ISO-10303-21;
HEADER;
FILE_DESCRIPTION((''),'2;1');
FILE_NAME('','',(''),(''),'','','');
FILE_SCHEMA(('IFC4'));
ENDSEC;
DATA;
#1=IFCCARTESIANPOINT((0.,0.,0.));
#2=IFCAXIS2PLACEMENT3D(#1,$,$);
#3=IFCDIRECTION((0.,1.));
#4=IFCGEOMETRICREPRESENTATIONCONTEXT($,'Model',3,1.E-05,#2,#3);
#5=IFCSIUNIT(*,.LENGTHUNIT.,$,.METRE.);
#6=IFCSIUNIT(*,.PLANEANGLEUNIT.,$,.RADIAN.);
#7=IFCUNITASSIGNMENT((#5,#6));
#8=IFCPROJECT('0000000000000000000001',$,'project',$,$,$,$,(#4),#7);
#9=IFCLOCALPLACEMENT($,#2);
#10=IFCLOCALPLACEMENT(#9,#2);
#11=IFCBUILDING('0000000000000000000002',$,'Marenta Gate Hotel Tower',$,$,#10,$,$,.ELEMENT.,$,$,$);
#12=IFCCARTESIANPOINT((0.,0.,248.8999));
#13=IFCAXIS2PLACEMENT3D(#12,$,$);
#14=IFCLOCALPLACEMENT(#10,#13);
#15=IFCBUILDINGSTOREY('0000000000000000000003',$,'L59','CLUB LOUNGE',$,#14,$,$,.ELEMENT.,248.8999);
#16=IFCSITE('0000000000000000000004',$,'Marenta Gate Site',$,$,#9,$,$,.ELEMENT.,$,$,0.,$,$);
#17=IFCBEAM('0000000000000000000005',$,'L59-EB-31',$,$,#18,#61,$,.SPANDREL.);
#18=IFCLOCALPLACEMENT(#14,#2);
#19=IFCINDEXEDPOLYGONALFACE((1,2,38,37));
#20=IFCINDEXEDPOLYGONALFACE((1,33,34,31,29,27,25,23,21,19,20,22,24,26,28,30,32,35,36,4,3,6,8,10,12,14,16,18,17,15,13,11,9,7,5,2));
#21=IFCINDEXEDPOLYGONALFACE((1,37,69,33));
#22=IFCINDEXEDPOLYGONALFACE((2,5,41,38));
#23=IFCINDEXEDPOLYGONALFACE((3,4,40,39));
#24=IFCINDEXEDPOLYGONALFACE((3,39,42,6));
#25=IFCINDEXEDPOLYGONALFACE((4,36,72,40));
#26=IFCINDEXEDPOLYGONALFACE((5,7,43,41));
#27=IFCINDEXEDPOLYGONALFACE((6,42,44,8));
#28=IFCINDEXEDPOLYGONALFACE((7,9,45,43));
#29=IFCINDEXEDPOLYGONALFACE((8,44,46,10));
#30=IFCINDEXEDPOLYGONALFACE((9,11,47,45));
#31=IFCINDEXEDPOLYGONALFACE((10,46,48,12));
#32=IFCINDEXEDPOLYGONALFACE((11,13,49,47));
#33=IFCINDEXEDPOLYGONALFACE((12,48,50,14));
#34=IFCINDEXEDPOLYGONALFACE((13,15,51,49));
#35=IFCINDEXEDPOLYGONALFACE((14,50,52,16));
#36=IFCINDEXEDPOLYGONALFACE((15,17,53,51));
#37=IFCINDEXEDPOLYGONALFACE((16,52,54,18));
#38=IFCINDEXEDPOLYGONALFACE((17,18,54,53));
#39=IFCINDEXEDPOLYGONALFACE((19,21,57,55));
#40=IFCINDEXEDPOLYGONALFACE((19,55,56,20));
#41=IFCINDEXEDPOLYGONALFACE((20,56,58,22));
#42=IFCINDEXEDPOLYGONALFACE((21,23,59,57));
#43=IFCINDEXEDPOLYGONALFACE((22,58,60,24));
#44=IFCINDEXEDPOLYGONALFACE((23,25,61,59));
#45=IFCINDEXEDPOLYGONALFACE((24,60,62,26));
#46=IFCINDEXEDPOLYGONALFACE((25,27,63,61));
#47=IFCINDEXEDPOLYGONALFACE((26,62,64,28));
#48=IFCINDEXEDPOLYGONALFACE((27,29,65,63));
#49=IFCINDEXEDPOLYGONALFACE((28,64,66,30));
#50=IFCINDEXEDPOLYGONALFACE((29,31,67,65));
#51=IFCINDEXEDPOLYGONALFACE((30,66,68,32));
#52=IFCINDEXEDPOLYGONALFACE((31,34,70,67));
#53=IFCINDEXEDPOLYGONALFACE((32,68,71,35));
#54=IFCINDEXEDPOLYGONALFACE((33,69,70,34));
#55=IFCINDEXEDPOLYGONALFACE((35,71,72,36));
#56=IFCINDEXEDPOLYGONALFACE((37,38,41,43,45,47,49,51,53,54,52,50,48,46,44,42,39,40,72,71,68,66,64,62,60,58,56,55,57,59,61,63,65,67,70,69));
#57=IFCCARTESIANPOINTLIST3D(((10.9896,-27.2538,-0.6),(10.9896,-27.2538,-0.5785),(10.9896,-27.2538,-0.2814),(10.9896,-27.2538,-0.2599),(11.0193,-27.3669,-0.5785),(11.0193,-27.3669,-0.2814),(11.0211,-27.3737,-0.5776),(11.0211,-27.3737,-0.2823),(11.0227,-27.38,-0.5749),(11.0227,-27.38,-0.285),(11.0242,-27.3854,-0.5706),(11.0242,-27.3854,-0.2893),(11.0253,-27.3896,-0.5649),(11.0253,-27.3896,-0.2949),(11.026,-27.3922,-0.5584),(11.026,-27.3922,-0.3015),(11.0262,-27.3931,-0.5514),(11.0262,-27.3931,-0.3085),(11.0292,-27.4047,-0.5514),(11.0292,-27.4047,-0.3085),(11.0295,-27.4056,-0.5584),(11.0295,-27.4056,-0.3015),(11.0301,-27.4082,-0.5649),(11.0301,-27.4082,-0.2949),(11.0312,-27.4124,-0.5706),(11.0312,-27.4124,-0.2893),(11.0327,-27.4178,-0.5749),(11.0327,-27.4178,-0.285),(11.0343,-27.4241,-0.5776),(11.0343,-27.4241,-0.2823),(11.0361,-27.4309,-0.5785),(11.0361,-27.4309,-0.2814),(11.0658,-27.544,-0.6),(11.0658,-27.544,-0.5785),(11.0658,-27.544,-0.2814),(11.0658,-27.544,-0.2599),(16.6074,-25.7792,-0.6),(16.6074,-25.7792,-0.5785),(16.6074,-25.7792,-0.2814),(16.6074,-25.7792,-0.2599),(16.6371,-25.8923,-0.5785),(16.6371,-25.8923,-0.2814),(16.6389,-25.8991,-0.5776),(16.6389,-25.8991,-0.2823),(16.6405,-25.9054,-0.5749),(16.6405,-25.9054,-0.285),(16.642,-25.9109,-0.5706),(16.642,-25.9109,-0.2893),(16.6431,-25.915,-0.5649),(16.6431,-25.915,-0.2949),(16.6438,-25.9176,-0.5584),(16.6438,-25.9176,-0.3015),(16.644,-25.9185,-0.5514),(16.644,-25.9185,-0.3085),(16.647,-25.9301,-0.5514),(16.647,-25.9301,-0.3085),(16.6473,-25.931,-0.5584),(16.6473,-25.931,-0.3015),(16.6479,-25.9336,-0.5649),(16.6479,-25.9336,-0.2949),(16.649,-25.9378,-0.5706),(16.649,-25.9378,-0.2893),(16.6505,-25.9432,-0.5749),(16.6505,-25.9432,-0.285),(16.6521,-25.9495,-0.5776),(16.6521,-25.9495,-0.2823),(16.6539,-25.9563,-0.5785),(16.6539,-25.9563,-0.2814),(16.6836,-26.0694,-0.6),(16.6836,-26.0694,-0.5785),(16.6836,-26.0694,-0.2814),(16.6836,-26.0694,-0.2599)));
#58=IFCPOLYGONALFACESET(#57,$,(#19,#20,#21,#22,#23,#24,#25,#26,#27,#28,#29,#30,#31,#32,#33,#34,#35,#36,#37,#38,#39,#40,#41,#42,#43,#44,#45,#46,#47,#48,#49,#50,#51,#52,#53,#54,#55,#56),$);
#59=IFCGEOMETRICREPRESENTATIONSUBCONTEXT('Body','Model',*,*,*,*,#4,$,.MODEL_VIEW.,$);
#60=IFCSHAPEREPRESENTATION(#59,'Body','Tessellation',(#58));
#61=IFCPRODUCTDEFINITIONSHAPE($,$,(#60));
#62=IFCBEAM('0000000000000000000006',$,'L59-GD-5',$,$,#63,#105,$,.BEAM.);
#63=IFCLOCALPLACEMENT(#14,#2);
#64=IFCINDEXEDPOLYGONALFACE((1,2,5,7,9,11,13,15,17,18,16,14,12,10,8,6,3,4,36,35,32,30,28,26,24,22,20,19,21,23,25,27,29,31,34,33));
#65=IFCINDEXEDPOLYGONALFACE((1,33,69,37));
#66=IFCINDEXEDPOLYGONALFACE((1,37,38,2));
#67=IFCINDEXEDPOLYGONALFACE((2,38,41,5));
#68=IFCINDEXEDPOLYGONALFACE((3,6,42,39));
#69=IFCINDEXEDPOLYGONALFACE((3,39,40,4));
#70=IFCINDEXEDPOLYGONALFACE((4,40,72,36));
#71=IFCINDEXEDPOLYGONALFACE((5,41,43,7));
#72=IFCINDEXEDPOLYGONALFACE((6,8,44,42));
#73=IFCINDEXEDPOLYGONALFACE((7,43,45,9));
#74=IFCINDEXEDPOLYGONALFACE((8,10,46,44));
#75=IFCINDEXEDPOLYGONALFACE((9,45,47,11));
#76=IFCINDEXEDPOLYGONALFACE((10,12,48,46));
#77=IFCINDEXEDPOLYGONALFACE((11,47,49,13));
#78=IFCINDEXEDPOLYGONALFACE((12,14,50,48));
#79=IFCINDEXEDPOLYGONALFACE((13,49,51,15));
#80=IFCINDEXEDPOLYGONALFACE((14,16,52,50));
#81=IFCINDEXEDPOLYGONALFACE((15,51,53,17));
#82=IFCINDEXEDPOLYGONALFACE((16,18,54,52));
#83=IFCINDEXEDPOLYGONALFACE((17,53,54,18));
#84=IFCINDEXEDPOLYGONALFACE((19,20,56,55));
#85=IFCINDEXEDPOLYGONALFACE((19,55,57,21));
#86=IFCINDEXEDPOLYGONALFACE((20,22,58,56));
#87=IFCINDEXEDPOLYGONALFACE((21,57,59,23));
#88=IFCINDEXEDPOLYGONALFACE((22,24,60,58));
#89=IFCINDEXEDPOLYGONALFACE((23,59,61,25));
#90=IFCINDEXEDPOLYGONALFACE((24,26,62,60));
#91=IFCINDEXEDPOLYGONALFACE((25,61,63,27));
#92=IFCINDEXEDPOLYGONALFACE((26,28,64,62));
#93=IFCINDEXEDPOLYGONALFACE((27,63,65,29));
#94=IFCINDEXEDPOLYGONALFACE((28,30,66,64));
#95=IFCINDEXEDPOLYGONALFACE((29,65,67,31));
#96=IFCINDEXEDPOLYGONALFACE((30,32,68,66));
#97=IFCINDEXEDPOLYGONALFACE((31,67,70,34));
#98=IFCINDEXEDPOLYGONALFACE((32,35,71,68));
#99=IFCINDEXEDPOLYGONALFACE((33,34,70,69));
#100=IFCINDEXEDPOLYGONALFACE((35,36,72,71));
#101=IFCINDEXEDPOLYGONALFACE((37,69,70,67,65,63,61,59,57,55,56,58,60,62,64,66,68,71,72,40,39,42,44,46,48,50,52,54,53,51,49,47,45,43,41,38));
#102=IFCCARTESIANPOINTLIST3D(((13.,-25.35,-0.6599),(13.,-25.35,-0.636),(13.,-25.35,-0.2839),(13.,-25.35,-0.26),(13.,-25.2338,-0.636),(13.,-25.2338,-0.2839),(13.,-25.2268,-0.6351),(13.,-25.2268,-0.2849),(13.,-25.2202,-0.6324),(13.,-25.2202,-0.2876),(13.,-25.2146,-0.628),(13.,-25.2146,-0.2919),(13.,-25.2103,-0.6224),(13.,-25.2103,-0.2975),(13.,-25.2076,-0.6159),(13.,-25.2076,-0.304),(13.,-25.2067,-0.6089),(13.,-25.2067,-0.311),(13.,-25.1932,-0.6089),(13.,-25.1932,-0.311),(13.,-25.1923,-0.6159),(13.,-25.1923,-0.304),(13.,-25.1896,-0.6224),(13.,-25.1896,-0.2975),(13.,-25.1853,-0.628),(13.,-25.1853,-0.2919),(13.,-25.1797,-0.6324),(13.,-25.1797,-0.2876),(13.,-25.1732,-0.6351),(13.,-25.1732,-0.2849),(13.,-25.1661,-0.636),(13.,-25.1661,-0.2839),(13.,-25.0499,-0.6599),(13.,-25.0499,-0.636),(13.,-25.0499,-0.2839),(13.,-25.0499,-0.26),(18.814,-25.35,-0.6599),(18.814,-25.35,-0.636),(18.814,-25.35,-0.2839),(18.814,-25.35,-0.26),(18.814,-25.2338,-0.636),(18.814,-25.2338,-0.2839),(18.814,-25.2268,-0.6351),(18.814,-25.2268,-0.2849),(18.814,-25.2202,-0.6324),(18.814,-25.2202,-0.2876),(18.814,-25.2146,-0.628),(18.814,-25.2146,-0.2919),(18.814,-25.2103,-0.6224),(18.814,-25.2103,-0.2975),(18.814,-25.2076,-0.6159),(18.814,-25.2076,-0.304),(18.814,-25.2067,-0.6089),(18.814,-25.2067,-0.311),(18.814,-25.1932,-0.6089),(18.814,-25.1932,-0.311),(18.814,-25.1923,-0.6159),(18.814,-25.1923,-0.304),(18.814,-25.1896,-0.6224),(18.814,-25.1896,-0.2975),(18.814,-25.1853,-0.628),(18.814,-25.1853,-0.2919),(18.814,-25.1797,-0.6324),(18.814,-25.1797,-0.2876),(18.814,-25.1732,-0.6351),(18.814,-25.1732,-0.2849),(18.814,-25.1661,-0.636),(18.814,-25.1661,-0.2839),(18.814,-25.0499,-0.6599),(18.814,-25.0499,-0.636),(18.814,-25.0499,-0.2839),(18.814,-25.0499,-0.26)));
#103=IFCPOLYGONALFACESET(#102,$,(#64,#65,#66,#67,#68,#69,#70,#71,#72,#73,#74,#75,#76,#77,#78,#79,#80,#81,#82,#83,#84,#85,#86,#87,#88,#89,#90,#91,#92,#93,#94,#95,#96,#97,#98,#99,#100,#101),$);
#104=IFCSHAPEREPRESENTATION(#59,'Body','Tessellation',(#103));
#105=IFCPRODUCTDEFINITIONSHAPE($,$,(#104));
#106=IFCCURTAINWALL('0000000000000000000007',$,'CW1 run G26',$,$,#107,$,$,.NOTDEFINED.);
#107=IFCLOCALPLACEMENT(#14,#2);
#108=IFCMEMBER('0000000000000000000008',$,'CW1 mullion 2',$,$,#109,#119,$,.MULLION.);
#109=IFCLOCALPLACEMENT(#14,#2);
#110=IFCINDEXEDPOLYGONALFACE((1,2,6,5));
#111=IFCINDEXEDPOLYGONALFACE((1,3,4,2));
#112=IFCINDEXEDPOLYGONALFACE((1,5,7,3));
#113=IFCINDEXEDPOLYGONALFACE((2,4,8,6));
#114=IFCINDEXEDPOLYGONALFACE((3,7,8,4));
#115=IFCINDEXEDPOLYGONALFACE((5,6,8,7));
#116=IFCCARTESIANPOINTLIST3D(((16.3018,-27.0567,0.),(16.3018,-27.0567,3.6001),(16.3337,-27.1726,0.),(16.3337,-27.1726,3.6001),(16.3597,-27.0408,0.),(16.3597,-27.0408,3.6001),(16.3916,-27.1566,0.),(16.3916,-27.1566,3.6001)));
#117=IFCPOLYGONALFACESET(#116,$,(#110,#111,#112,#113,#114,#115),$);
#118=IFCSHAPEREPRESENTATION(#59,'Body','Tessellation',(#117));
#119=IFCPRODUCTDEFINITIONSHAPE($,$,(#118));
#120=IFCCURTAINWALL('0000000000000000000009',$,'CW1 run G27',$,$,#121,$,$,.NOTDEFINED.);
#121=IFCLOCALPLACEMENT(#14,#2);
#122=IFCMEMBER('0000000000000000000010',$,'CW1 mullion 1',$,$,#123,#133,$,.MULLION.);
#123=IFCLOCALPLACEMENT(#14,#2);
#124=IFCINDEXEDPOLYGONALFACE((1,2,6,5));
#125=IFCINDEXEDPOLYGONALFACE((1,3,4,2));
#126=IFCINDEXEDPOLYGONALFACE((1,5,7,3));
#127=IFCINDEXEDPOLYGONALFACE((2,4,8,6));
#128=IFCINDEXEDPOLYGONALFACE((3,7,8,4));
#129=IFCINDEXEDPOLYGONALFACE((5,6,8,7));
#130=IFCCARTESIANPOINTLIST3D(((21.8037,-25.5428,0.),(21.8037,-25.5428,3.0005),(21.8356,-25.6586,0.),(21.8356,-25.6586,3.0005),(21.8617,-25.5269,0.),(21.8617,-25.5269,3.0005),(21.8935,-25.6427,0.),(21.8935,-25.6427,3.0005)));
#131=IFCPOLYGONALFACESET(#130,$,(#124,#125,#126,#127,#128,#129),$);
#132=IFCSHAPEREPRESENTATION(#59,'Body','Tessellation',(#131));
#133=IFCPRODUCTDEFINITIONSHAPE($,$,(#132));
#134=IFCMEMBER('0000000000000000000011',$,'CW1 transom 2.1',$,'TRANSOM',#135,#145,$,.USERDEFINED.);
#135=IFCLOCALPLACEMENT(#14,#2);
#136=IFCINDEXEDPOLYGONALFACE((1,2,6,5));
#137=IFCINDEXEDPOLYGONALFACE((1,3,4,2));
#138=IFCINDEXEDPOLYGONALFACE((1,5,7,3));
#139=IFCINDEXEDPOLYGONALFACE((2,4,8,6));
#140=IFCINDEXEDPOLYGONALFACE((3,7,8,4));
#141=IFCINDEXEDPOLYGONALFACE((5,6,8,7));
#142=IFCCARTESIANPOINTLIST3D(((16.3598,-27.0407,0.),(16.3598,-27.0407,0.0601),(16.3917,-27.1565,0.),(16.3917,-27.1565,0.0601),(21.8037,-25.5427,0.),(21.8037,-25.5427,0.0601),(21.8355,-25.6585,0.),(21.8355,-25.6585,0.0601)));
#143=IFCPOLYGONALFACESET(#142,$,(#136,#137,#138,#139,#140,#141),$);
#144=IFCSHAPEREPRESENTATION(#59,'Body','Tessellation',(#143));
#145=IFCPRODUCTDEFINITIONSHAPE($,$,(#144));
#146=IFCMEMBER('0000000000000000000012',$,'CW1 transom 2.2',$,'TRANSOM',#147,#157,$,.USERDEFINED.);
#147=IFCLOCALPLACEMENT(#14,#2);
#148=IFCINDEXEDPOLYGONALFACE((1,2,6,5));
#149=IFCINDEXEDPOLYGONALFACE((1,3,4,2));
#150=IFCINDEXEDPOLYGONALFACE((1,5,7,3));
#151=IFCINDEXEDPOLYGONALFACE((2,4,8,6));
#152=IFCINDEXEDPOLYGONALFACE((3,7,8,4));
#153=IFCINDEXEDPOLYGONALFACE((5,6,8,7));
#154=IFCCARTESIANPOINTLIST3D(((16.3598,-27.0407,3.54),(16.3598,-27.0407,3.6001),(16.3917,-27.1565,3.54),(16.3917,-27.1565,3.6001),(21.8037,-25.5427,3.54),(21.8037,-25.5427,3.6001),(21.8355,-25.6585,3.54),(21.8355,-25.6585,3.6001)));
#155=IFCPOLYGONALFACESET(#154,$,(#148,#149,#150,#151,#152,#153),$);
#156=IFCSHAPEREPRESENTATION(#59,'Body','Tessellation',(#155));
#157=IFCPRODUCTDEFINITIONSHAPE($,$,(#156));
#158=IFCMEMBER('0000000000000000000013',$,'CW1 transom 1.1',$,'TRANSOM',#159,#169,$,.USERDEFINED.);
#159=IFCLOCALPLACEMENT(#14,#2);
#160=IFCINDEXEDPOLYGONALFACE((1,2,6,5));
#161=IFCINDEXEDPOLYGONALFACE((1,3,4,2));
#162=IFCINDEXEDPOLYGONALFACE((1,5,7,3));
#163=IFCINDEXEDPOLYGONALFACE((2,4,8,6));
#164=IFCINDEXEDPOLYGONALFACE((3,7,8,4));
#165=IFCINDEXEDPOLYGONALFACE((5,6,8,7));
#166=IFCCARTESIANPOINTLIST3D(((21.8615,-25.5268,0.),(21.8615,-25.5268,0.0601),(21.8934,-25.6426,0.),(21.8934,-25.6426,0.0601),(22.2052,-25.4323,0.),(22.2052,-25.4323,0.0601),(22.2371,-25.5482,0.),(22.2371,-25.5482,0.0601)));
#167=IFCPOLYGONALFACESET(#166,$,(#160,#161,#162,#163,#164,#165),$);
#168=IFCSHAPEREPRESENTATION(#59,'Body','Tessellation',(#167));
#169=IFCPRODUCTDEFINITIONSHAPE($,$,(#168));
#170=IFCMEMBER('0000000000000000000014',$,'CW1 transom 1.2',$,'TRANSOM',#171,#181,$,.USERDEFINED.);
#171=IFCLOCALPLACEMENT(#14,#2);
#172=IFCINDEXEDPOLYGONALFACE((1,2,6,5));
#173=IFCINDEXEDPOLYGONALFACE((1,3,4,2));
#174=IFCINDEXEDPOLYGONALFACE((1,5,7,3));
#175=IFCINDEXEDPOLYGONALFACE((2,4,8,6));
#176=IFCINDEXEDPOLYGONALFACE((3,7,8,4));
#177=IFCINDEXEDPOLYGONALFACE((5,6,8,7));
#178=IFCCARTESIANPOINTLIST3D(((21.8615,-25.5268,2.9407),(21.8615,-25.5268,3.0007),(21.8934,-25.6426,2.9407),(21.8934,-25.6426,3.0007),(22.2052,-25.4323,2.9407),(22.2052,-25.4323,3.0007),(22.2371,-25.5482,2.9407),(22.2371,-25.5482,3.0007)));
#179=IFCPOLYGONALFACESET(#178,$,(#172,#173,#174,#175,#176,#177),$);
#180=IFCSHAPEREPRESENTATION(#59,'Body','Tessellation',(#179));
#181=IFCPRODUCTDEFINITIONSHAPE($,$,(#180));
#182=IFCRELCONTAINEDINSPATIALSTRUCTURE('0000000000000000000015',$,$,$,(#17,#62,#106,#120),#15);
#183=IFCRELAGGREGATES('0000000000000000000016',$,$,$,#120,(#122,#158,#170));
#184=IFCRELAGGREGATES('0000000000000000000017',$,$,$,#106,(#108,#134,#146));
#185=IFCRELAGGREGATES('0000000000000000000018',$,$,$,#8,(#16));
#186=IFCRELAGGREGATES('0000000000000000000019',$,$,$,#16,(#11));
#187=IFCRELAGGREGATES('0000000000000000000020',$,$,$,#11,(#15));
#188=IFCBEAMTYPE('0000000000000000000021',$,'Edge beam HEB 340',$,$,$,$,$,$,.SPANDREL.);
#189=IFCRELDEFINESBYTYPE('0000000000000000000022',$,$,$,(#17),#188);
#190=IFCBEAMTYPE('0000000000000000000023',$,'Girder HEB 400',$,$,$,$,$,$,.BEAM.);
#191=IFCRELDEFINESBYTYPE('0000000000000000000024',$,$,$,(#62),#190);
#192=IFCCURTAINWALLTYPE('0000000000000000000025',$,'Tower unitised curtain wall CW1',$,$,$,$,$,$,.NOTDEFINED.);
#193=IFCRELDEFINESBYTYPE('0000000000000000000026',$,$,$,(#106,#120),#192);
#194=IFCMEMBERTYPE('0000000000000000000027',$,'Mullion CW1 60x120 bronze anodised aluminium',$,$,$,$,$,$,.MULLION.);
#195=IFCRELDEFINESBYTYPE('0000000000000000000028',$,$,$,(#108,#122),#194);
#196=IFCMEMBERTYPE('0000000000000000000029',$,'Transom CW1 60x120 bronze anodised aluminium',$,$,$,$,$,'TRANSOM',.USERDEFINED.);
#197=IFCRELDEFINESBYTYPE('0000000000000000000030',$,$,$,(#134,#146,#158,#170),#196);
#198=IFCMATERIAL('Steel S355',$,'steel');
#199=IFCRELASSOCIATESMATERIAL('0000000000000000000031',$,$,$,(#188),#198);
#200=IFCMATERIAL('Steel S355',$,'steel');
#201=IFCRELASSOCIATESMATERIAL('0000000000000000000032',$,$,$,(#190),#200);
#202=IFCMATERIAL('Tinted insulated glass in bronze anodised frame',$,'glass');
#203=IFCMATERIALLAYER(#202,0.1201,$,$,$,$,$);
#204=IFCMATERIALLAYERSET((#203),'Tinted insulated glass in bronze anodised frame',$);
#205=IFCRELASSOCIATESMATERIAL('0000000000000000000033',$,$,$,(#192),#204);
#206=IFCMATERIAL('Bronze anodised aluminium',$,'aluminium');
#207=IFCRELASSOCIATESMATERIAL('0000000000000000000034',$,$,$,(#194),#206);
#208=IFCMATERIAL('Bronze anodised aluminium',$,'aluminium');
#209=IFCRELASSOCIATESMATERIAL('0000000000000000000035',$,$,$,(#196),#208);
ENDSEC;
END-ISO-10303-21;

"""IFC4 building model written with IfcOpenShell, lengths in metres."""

from ifc_helpers import new_model, si_unit, direction, frame, origin, origin_2d, place, context, subcontext, project, spatial, rectangle, i_section, extrude, material, layer, layer_set, material_profile, profile_set, type_object, element, aggregate, save


model = new_model("IFC4")

# Units and contexts
model_context = context("Model", 3, precision=1e-05, world=origin(), true_north=direction((0.0, 1.0)))
body_context = subcontext(model_context, "Body", "Model", "MODEL_VIEW")
ifc_project = project(units=[si_unit("LENGTHUNIT", "METRE"), si_unit("PLANEANGLEUNIT", "RADIAN")], contexts=[model_context])

# Site, building, storey
site_placement = place(None, origin())
site = spatial("IfcSite", under=ifc_project, at=site_placement, Name="Marenta Gate Site", CompositionType="ELEMENT", RefElevation=0.0)
building_placement = place(site_placement, origin())
building = spatial("IfcBuilding", under=site, at=building_placement, Name="Marenta Gate Hotel Tower", CompositionType="ELEMENT")
storey_placement = place(building_placement, frame((0.0, 0.0, 248.8999)))
storey = spatial("IfcBuildingStorey", under=building, at=storey_placement, Name="L59", Description="CLUB LOUNGE", CompositionType="ELEMENT", Elevation=248.8999)

# Beams
ifc_material_1 = material(Name="Steel S355", Category="steel")
ifc_material_profile_1 = material_profile(ifc_material_1, i_section(OverallWidth=0.3, OverallDepth=0.3401, WebThickness=0.012, FlangeThickness=0.0215, FilletRadius=0.0271, at=origin_2d()), Name="HEB 340")
ifc_profile_set_1 = profile_set([ifc_material_profile_1], Name="Steel S355")
beam_type_1 = type_object("IfcBeamType", Name="Edge beam HEB 340", PredefinedType="SPANDREL", material=ifc_profile_set_1)
beam_1_placement = place(storey_placement, frame((16.6455, -25.9243, -0.4299), z_axis=(-0.967235, -0.253883, 0.0), x_axis=(0.253883, -0.967235, 0.0)))
element("IfcBeam", 1, at=beam_1_placement, inside=storey, type_object=beam_type_1, Name="L59-EB-31", PredefinedType="SPANDREL", context=body_context, shape_type="SweptSolid", body=[
    extrude(i_section(OverallWidth=0.3, OverallDepth=0.3401, WebThickness=0.012, FlangeThickness=0.0215, FilletRadius=0.0271, at=origin_2d()), origin(), (0.0, 0.0, 1.0), 5.8081),
])
ifc_material_2 = material(Name="Steel S355", Category="steel")
ifc_material_profile_2 = material_profile(ifc_material_2, i_section(OverallWidth=0.3, OverallDepth=0.3999, WebThickness=0.0134, FlangeThickness=0.0239, FilletRadius=0.0271, at=origin_2d()), Name="HEB 400")
ifc_profile_set_2 = profile_set([ifc_material_profile_2], Name="Steel S355")
beam_type_2 = type_object("IfcBeamType", Name="Girder HEB 400", PredefinedType="BEAM", material=ifc_profile_set_2)
beam_2_placement = place(storey_placement, frame((13.0, -25.2, -0.46), z_axis=(1.0, 0.0, 0.0), x_axis=(0.0, 1.0, 0.0)))
element("IfcBeam", 2, at=beam_2_placement, inside=storey, type_object=beam_type_2, Name="L59-GD-5", PredefinedType="BEAM", context=body_context, shape_type="SweptSolid", body=[
    extrude(i_section(OverallWidth=0.3, OverallDepth=0.3999, WebThickness=0.0134, FlangeThickness=0.0239, FilletRadius=0.0271, at=origin_2d()), origin(), (0.0, 0.0, 1.0), 5.814),
])

# Curtain walls, members
ifc_material_3 = material(Name="Tinted insulated glass in bronze anodised frame", Category="glass")
ifc_layer_1 = layer(ifc_material_3, 0.1201)
ifc_layer_set_1 = layer_set([ifc_layer_1], Name="Tinted insulated glass in bronze anodised frame")
curtain_wall_type = type_object("IfcCurtainWallType", Name="Tower unitised curtain wall CW1", PredefinedType="NOTDEFINED", material=ifc_layer_set_1)
curtain_wall_1_placement = place(storey_placement, origin())
curtain_wall_1 = element("IfcCurtainWall", 3, at=curtain_wall_1_placement, inside=storey, type_object=curtain_wall_type, Name="CW1 run G26", PredefinedType="NOTDEFINED")
ifc_material_4 = material(Name="Bronze anodised aluminium", Category="aluminium")
ifc_material_profile_3 = material_profile(ifc_material_4, rectangle(XDim=0.1201, YDim=0.0601, at=origin_2d()), Name="Mullion CW1 60x120 bronze anodised aluminium")
ifc_profile_set_3 = profile_set([ifc_material_profile_3], Name="Bronze anodised aluminium")
member_type_1 = type_object("IfcMemberType", Name="Mullion CW1 60x120 bronze anodised aluminium", PredefinedType="MULLION", material=ifc_profile_set_3)
member_1_placement = place(storey_placement, frame((16.3467, -27.1067, 0.0), z_axis=(0.0, 0.0, 1.0), x_axis=(-0.265292, 0.964168, 0.0)))
member_1 = element("IfcMember", 4, at=member_1_placement, type_object=member_type_1, Name="CW1 mullion 2", PredefinedType="MULLION", context=body_context, shape_type="SweptSolid", body=[
    extrude(rectangle(XDim=0.1201, YDim=0.0601, at=origin_2d()), origin(), (0.0, 0.0, 1.0), 3.6001),
])
curtain_wall_2_placement = place(storey_placement, origin())
curtain_wall_2 = element("IfcCurtainWall", 5, at=curtain_wall_2_placement, inside=storey, type_object=curtain_wall_type, Name="CW1 run G27", PredefinedType="NOTDEFINED")
member_2_placement = place(storey_placement, frame((21.8486, -25.5928, 0.0), z_axis=(0.0, 0.0, 1.0), x_axis=(-0.265283, 0.964171, 0.0)))
member_2 = element("IfcMember", 6, at=member_2_placement, type_object=member_type_1, Name="CW1 mullion 1", PredefinedType="MULLION", context=body_context, shape_type="SweptSolid", body=[
    extrude(rectangle(XDim=0.1201, YDim=0.0601, at=origin_2d()), origin(), (0.0, 0.0, 1.0), 3.0005),
])

# Members
ifc_material_5 = material(Name="Bronze anodised aluminium", Category="aluminium")
ifc_material_profile_4 = material_profile(ifc_material_5, rectangle(XDim=0.1201, YDim=0.0601, at=origin_2d()), Name="Transom CW1 60x120 bronze anodised aluminium")
ifc_profile_set_4 = profile_set([ifc_material_profile_4], Name="Bronze anodised aluminium")
member_type_2 = type_object("IfcMemberType", Name="Transom CW1 60x120 bronze anodised aluminium", ElementType="TRANSOM", PredefinedType="USERDEFINED", material=ifc_profile_set_4)
member_3_placement = place(storey_placement, frame((16.3757, -27.0986, 0.03), z_axis=(0.964161, 0.265319, 0.0), x_axis=(-0.265319, 0.964161, 0.0)))
member_3 = element("IfcMember", 7, at=member_3_placement, type_object=member_type_2, Name="CW1 transom 2.1", ObjectType="TRANSOM", PredefinedType="USERDEFINED", context=body_context, shape_type="SweptSolid", body=[
    extrude(rectangle(XDim=0.1201, YDim=0.0601, at=origin_2d()), origin(), (0.0, 0.0, 1.0), 5.6462),
])
member_4_placement = place(storey_placement, frame((16.3757, -27.0986, 3.5701), z_axis=(0.964161, 0.265319, 0.0), x_axis=(-0.265319, 0.964161, 0.0)))
member_4 = element("IfcMember", 8, at=member_4_placement, type_object=member_type_2, Name="CW1 transom 2.2", ObjectType="TRANSOM", PredefinedType="USERDEFINED", context=body_context, shape_type="SweptSolid", body=[
    extrude(rectangle(XDim=0.1201, YDim=0.0601, at=origin_2d()), origin(), (0.0, 0.0, 1.0), 5.6462),
])
member_5_placement = place(storey_placement, frame((21.8774, -25.5847, 0.03), z_axis=(0.96424, 0.265029, 0.0), x_axis=(-0.265029, 0.96424, 0.0)))
member_5 = element("IfcMember", 9, at=member_5_placement, type_object=member_type_2, Name="CW1 transom 1.1", ObjectType="TRANSOM", PredefinedType="USERDEFINED", context=body_context, shape_type="SweptSolid", body=[
    extrude(rectangle(XDim=0.1201, YDim=0.0601, at=origin_2d()), origin(), (0.0, 0.0, 1.0), 0.3564),
])
member_6_placement = place(storey_placement, frame((21.8774, -25.5847, 2.9707), z_axis=(0.96424, 0.265029, 0.0), x_axis=(-0.265029, 0.96424, 0.0)))
member_6 = element("IfcMember", 10, at=member_6_placement, type_object=member_type_2, Name="CW1 transom 1.2", ObjectType="TRANSOM", PredefinedType="USERDEFINED", context=body_context, shape_type="SweptSolid", body=[
    extrude(rectangle(XDim=0.1201, YDim=0.0601, at=origin_2d()), origin(), (0.0, 0.0, 1.0), 0.3564),
])
aggregate(curtain_wall_2, [member_2, member_5, member_6])

aggregate(curtain_wall_1, [member_1, member_3, member_4])

save(model, "model.ifc")
